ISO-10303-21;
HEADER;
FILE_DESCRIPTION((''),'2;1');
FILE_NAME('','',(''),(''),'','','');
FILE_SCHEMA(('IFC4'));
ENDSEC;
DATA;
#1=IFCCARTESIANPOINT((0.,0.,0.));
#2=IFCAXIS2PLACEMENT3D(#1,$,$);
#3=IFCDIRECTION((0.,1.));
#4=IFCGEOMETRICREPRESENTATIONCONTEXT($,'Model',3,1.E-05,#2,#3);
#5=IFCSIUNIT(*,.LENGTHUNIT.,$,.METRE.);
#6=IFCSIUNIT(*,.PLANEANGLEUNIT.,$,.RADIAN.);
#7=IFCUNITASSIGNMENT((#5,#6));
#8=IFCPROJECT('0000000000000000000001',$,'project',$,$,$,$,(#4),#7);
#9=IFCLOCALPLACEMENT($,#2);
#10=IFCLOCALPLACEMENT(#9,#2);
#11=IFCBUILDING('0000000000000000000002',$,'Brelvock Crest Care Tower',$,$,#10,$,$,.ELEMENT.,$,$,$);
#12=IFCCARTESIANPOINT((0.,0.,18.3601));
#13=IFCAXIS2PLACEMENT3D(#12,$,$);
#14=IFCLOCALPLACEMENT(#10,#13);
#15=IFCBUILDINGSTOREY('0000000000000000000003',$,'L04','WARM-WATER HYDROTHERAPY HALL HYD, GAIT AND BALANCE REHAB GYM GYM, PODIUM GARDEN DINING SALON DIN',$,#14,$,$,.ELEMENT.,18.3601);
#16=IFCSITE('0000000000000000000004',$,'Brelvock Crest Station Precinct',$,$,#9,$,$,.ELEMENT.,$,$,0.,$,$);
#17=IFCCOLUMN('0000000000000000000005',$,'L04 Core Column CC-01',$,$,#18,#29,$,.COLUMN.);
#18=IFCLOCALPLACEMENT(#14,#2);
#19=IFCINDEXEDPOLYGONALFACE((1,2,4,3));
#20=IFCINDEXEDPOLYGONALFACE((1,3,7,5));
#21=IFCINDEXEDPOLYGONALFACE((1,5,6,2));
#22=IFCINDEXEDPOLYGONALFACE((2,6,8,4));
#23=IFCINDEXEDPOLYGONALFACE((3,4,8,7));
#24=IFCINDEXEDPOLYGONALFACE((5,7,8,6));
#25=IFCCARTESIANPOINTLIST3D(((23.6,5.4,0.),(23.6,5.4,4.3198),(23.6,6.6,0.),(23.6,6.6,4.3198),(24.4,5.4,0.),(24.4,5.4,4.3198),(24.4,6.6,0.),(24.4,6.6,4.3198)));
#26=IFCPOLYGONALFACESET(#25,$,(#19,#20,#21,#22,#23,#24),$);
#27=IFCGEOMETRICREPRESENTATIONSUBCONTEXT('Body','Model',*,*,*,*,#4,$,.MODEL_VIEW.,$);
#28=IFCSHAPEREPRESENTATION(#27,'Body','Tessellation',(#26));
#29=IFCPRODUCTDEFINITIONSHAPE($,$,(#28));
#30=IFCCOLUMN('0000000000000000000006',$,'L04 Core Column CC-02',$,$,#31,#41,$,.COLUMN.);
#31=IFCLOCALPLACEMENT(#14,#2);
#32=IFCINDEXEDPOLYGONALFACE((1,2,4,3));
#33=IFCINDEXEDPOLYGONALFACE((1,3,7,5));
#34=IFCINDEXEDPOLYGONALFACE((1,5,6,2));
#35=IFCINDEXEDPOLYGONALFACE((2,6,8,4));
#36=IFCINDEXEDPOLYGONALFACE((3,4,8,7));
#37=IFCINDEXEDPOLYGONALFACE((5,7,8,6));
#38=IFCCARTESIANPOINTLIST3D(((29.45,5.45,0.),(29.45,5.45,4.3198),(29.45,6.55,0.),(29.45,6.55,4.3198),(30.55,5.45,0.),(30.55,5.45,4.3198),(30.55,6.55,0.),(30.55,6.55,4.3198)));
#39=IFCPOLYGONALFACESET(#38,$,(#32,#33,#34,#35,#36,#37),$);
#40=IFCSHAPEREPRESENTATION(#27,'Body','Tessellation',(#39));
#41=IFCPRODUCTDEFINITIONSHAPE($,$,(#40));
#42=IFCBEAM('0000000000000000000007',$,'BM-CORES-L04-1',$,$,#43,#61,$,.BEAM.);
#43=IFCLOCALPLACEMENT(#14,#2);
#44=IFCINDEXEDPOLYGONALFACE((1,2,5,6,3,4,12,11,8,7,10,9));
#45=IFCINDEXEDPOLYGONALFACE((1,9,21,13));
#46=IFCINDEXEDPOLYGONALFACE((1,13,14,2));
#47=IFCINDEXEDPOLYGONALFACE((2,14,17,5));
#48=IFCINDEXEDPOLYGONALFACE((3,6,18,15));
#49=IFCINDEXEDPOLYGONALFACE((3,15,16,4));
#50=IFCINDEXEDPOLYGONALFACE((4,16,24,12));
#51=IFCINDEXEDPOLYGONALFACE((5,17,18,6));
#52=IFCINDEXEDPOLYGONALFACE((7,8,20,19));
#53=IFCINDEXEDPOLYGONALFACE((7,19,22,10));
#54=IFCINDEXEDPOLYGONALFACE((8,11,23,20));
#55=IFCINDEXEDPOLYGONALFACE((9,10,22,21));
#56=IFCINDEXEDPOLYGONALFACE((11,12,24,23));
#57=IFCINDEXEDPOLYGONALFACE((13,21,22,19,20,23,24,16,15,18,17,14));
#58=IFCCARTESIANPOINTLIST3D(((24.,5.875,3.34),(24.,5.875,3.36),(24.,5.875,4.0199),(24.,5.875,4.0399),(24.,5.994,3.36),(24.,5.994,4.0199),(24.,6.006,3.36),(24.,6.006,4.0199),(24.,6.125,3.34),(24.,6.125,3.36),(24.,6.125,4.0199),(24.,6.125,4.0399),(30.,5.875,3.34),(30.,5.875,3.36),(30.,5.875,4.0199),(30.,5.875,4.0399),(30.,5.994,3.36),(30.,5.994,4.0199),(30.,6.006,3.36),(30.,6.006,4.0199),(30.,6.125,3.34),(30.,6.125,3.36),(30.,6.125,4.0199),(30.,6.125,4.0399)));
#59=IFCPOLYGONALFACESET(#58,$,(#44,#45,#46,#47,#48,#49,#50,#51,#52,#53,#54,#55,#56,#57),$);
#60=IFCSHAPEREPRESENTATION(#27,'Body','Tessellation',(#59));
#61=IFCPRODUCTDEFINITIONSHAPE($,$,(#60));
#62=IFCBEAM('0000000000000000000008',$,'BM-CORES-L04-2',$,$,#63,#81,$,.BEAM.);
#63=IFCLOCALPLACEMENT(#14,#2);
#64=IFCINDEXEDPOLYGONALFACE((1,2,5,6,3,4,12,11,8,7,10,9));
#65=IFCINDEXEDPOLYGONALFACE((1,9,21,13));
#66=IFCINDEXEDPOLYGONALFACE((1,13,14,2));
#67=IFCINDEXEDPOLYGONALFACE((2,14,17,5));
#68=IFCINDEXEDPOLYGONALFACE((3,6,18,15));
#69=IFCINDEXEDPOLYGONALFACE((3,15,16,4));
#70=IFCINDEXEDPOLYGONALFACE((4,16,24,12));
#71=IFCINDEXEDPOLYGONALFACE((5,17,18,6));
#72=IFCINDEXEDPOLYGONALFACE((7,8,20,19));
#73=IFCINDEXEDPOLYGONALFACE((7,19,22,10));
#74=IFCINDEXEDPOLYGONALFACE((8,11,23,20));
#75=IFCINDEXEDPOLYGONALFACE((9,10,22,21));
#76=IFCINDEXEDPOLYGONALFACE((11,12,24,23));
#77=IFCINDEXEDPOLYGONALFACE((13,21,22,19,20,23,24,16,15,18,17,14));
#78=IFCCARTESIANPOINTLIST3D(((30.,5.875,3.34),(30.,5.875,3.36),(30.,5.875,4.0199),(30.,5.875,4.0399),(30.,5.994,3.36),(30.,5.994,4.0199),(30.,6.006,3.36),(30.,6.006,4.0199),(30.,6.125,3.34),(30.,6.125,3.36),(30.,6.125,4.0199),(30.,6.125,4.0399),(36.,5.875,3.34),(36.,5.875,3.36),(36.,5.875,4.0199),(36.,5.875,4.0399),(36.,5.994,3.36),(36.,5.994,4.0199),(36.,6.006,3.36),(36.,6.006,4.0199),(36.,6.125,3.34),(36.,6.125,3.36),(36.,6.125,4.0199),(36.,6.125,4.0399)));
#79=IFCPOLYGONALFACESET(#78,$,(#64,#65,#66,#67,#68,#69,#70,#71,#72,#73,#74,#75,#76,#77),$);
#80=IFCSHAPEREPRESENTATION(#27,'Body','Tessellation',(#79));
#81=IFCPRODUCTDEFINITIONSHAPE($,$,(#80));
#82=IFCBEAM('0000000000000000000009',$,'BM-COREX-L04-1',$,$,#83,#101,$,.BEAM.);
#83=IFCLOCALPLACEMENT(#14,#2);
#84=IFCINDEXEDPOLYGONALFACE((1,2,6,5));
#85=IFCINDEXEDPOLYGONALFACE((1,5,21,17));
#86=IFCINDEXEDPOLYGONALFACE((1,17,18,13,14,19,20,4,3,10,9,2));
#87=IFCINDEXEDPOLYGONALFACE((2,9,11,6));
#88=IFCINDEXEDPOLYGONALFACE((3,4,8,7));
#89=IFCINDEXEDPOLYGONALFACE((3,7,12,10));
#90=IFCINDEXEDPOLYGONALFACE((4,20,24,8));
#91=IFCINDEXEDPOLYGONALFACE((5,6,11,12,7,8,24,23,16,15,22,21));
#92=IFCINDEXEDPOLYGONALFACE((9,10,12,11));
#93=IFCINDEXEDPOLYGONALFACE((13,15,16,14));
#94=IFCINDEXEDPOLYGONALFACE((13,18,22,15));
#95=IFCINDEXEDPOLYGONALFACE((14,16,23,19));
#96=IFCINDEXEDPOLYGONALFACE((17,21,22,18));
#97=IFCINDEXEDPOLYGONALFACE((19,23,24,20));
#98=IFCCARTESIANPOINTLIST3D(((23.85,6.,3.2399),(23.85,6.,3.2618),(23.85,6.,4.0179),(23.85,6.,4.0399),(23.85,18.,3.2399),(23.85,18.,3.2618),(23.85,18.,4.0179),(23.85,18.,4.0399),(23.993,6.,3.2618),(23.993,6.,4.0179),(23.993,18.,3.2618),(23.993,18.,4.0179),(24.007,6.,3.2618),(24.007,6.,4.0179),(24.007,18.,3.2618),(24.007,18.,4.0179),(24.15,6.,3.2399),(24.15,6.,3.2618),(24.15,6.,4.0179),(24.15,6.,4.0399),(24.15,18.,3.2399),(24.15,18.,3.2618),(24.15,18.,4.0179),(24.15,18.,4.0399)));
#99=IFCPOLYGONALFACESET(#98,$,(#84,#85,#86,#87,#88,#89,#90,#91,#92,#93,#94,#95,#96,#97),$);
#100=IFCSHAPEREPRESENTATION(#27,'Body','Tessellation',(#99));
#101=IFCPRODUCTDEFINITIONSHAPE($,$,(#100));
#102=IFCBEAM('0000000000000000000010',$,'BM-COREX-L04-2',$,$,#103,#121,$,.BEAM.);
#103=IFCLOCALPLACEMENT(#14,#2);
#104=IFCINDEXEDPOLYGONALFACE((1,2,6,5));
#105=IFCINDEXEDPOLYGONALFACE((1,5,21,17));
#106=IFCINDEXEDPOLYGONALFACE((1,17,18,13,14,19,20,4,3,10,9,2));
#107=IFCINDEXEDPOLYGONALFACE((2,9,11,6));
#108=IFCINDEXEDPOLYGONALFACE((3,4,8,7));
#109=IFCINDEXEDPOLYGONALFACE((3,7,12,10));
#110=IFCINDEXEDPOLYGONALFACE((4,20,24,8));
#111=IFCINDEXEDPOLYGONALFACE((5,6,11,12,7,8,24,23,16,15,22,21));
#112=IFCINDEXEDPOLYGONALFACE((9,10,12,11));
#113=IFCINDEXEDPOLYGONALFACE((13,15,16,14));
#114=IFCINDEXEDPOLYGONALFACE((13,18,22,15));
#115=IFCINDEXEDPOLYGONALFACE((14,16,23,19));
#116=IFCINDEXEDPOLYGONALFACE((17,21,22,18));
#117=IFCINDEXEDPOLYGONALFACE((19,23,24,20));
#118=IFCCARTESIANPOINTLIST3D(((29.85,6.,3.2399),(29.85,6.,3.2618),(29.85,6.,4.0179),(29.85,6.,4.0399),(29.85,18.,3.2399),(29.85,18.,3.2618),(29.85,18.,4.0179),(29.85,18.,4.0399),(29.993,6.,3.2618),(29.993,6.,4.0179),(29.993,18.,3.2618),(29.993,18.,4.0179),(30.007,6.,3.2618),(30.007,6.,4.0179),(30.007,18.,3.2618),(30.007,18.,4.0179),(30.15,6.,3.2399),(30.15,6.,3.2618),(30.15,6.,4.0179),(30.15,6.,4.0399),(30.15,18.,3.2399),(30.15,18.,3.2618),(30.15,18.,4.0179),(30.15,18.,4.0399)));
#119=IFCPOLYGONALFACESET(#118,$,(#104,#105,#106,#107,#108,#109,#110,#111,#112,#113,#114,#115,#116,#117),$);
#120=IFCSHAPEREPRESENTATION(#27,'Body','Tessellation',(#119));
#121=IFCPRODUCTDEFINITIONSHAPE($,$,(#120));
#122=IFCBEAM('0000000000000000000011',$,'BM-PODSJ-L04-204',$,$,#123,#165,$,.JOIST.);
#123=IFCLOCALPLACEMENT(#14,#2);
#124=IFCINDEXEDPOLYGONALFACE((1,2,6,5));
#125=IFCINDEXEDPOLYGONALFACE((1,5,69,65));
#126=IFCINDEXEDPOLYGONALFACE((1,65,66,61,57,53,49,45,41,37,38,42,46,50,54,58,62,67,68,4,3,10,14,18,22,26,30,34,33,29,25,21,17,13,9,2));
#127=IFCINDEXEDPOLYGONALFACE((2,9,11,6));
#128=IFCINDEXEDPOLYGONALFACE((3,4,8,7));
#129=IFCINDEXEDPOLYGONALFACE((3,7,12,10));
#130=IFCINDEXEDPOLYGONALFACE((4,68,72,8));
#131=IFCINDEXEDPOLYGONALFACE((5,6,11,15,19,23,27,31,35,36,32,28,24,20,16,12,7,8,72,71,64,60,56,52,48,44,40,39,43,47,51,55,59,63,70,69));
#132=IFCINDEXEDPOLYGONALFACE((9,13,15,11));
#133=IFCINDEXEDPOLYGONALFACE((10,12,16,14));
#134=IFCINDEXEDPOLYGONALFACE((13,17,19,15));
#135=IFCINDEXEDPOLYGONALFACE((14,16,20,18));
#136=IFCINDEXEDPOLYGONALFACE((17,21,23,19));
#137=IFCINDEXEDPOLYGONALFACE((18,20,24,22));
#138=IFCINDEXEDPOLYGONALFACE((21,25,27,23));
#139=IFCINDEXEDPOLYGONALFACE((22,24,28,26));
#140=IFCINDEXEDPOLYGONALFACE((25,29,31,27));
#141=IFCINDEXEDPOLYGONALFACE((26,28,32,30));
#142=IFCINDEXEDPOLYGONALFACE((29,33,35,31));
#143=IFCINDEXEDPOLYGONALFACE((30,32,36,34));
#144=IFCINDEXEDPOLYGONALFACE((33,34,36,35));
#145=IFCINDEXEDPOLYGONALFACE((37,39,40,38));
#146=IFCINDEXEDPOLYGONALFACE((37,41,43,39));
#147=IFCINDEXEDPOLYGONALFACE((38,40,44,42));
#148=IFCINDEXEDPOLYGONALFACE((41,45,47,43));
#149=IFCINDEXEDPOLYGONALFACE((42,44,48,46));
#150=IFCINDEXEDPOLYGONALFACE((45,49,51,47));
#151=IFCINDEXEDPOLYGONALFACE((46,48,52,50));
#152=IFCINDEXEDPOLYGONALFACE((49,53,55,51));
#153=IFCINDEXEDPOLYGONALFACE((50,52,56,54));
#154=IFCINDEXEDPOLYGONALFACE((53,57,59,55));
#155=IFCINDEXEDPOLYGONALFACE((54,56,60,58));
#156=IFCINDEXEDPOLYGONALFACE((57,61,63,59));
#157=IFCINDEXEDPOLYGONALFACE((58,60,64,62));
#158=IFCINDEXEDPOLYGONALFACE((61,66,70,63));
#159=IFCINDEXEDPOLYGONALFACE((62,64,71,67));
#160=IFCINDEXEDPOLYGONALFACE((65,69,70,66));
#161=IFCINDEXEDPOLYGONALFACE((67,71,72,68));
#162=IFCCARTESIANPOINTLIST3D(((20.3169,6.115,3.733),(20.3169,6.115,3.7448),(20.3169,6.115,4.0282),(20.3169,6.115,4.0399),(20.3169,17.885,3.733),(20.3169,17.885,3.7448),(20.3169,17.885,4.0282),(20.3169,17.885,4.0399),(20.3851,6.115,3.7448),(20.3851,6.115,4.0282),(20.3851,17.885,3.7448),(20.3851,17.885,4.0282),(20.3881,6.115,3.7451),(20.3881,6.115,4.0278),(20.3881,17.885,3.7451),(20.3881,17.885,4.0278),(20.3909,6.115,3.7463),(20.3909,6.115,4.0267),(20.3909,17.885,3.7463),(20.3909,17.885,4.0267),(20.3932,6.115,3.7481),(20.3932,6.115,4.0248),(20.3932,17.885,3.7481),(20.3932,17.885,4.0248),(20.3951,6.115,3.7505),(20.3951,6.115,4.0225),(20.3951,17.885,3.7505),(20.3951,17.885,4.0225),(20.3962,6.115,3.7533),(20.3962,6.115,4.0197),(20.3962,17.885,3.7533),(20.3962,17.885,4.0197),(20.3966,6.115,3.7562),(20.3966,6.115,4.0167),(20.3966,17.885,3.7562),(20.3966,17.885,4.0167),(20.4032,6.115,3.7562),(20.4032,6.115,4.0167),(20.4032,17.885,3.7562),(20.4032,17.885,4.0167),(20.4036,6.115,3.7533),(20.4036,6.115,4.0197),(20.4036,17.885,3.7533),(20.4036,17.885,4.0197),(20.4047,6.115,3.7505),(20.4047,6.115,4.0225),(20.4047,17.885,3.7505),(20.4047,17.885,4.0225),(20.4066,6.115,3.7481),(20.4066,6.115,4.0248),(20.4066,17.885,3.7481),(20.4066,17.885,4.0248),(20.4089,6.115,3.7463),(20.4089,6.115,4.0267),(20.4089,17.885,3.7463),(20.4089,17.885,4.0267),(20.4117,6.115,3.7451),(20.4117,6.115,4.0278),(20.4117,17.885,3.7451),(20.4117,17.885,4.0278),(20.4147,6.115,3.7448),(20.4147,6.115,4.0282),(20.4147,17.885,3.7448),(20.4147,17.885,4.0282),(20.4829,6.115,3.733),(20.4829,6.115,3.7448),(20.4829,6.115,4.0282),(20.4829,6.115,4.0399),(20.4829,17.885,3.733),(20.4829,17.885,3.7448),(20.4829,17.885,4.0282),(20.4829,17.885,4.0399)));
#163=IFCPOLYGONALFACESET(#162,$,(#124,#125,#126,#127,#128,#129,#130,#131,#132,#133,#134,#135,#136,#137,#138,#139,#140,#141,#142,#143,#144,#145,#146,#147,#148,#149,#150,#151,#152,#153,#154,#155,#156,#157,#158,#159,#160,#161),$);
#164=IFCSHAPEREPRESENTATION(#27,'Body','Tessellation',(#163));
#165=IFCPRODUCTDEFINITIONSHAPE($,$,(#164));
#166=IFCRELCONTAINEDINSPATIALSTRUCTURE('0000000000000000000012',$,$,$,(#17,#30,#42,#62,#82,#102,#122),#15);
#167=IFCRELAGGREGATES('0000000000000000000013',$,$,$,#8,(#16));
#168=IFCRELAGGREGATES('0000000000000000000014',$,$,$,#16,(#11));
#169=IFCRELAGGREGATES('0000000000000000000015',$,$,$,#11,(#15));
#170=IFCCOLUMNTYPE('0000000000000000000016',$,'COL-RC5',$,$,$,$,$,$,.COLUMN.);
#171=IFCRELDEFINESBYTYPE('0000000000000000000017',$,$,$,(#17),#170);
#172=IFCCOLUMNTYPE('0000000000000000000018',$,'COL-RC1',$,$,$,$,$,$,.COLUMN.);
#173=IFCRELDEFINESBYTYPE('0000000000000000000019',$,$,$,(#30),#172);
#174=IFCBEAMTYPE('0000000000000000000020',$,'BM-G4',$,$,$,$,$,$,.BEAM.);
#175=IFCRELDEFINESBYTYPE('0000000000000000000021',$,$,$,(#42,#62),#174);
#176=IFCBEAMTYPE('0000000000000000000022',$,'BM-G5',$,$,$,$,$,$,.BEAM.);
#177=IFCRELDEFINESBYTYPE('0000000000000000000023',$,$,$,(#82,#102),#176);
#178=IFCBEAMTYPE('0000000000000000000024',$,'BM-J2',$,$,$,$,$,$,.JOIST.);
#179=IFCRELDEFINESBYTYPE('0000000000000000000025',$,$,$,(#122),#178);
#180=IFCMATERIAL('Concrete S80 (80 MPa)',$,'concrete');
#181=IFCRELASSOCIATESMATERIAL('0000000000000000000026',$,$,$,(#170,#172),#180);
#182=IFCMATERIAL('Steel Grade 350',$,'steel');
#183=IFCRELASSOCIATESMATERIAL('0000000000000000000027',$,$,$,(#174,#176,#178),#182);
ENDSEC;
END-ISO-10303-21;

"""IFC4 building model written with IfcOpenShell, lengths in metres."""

from ifc_helpers import new_model, si_unit, direction, frame, origin, origin_2d, place, context, subcontext, project, spatial, rectangle, i_section, extrude, source, transform, mapped, material, material_profile, profile_set, type_object, element, save


model = new_model("IFC4")

# Units and contexts
model_context = context("Model", 3, precision=1e-05, world=origin(), true_north=direction((0.0, 1.0)))
body_context = subcontext(model_context, "Body", "Model", "MODEL_VIEW")
ifc_project = project(units=[si_unit("LENGTHUNIT", "METRE"), si_unit("PLANEANGLEUNIT", "RADIAN")], contexts=[model_context])

# Site, building, storey
site_placement = place(None, origin())
site = spatial("IfcSite", under=ifc_project, at=site_placement, Name="Brelvock Crest Station Precinct", CompositionType="ELEMENT", RefElevation=0.0)
building_placement = place(site_placement, origin())
building = spatial("IfcBuilding", under=site, at=building_placement, Name="Brelvock Crest Care Tower", CompositionType="ELEMENT")
storey_placement = place(building_placement, frame((0.0, 0.0, 18.3601)))
storey = spatial("IfcBuildingStorey", under=building, at=storey_placement, Name="L04", Description="WARM-WATER HYDROTHERAPY HALL HYD, GAIT AND BALANCE REHAB GYM GYM, PODIUM GARDEN DINING SALON DIN", CompositionType="ELEMENT", Elevation=18.3601)

# Columns
ifc_material_1 = material(Name="Concrete S80 (80 MPa)", Category="concrete")
ifc_material_profile_1 = material_profile(ifc_material_1, rectangle(XDim=0.8, YDim=1.2, at=origin_2d()), Name="RC800x1200")
ifc_profile_set_1 = profile_set([ifc_material_profile_1], Name="Concrete S80 (80 MPa)")
column_type_1 = type_object("IfcColumnType", Name="COL-RC5", PredefinedType="COLUMN", material=ifc_profile_set_1)
shared_shape_1 = source(origin(), body_context, "Body", "SweptSolid", [
    extrude(rectangle(XDim=0.8, YDim=1.2, at=origin_2d()), origin(), (0.0, 0.0, 1.0), 4.3198),
])
column_1_placement = place(storey_placement, frame((24.0, 6.0, 0.0), z_axis=(0.0, 0.0, 1.0), x_axis=(1.0, 0.0, 0.0)))
element("IfcColumn", 1, at=column_1_placement, inside=storey, type_object=column_type_1, Name="L04 Core Column CC-01", PredefinedType="COLUMN", context=body_context, shape_type="MappedRepresentation", body=[
    mapped(shared_shape_1, transform((0.0, 0.0, 0.0), x_axis=(1.0, 0.0, 0.0), y_axis=(0.0, 1.0, 0.0), z_axis=(0.0, 0.0, 1.0), scale=1.0)),
])
ifc_material_profile_2 = material_profile(ifc_material_1, rectangle(XDim=1.1001, YDim=1.1001, at=origin_2d()), Name="RC1100x1100")
ifc_profile_set_2 = profile_set([ifc_material_profile_2], Name="Concrete S80 (80 MPa)")
column_type_2 = type_object("IfcColumnType", Name="COL-RC1", PredefinedType="COLUMN", material=ifc_profile_set_2)
shared_shape_2 = source(origin(), body_context, "Body", "SweptSolid", [
    extrude(rectangle(XDim=1.1001, YDim=1.1001, at=origin_2d()), origin(), (0.0, 0.0, 1.0), 4.3198),
])
column_2_placement = place(storey_placement, frame((30.0, 6.0, 0.0), z_axis=(0.0, 0.0, 1.0), x_axis=(1.0, 0.0, 0.0)))
element("IfcColumn", 2, at=column_2_placement, inside=storey, type_object=column_type_2, Name="L04 Core Column CC-02", PredefinedType="COLUMN", context=body_context, shape_type="MappedRepresentation", body=[
    mapped(shared_shape_2, transform((0.0, 0.0, 0.0), x_axis=(1.0, 0.0, 0.0), y_axis=(0.0, 1.0, 0.0), z_axis=(0.0, 0.0, 1.0), scale=1.0)),
])

# Beams
ifc_material_2 = material(Name="Steel Grade 350", Category="steel")
ifc_material_profile_3 = material_profile(ifc_material_2, i_section(OverallWidth=0.25, OverallDepth=0.7, WebThickness=0.012, FlangeThickness=0.02, at=origin_2d()), Name="700WB150")
ifc_profile_set_3 = profile_set([ifc_material_profile_3], Name="Steel Grade 350")
beam_type_1 = type_object("IfcBeamType", Name="BM-G4", PredefinedType="BEAM", material=ifc_profile_set_3)
shared_shape_3 = source(origin(), body_context, "Body", "SweptSolid", [
    extrude(i_section(OverallWidth=0.25, OverallDepth=0.7, WebThickness=0.012, FlangeThickness=0.02, at=origin_2d()), origin(), (0.0, 0.0, 1.0), 6.0),
])
for number, where, z_axis, x_axis, name in (
    (3, (24.0, 6.0, 3.6899), (1.0, 0.0, 0.0), (0.0, 1.0, 0.0), "BM-CORES-L04-1"),
    (4, (30.0, 6.0, 3.6899), (1.0, 0.0, 0.0), (0.0, 1.0, 0.0), "BM-CORES-L04-2"),
):
    element("IfcBeam", number, at=place(storey_placement, frame(where, z_axis=z_axis, x_axis=x_axis)), inside=storey, type_object=beam_type_1, Name=name, PredefinedType="BEAM", context=body_context, shape_type="MappedRepresentation", body=[
        mapped(shared_shape_3, transform((0.0, 0.0, 0.0), x_axis=(1.0, 0.0, 0.0), y_axis=(0.0, 1.0, 0.0), z_axis=(0.0, 0.0, 1.0), scale=1.0)),
    ])
ifc_material_profile_4 = material_profile(ifc_material_2, i_section(OverallWidth=0.3, OverallDepth=0.8, WebThickness=0.0139, FlangeThickness=0.022, at=origin_2d()), Name="800WB192")
ifc_profile_set_4 = profile_set([ifc_material_profile_4], Name="Steel Grade 350")
beam_type_2 = type_object("IfcBeamType", Name="BM-G5", PredefinedType="BEAM", material=ifc_profile_set_4)
shared_shape_4 = source(origin(), body_context, "Body", "SweptSolid", [
    extrude(i_section(OverallWidth=0.3, OverallDepth=0.8, WebThickness=0.0139, FlangeThickness=0.022, at=origin_2d()), origin(), (0.0, 0.0, 1.0), 12.0),
])
for number, where, z_axis, x_axis, name in (
    (5, (24.0, 6.0, 3.6399), (0.0, 1.0, 0.0), (-1.0, 0.0, 0.0), "BM-COREX-L04-1"),
    (6, (30.0, 6.0, 3.6399), (0.0, 1.0, 0.0), (-1.0, 0.0, 0.0), "BM-COREX-L04-2"),
):
    element("IfcBeam", number, at=place(storey_placement, frame(where, z_axis=z_axis, x_axis=x_axis)), inside=storey, type_object=beam_type_2, Name=name, PredefinedType="BEAM", context=body_context, shape_type="MappedRepresentation", body=[
        mapped(shared_shape_4, transform((0.0, 0.0, 0.0), x_axis=(1.0, 0.0, 0.0), y_axis=(0.0, 1.0, 0.0), z_axis=(0.0, 0.0, 1.0), scale=1.0)),
    ])
ifc_material_profile_5 = material_profile(ifc_material_2, i_section(OverallWidth=0.166, OverallDepth=0.3069, WebThickness=0.0066, FlangeThickness=0.0117, FilletRadius=0.0115, at=origin_2d()), Name="310UB46.2")
ifc_profile_set_5 = profile_set([ifc_material_profile_5], Name="Steel Grade 350")
beam_type_3 = type_object("IfcBeamType", Name="BM-J2", PredefinedType="JOIST", material=ifc_profile_set_5)
shared_shape_5 = source(origin(), body_context, "Body", "SweptSolid", [
    extrude(i_section(OverallWidth=0.166, OverallDepth=0.3069, WebThickness=0.0066, FlangeThickness=0.0117, FilletRadius=0.0115, at=origin_2d()), origin(), (0.0, 0.0, 1.0), 11.77),
])
for number, where, z_axis, x_axis, name in (
    (7, (20.3999, 6.115, 3.8865), (0.0, 1.0, 0.0), (-1.0, 0.0, 0.0), "BM-PODSJ-L04-204"),
):
    element("IfcBeam", number, at=place(storey_placement, frame(where, z_axis=z_axis, x_axis=x_axis)), inside=storey, type_object=beam_type_3, Name=name, PredefinedType="JOIST", context=body_context, shape_type="MappedRepresentation", body=[
        mapped(shared_shape_5, transform((0.0, 0.0, 0.0), x_axis=(1.0, 0.0, 0.0), y_axis=(0.0, 1.0, 0.0), z_axis=(0.0, 0.0, 1.0), scale=1.0)),
    ])

save(model, "model.ifc")
